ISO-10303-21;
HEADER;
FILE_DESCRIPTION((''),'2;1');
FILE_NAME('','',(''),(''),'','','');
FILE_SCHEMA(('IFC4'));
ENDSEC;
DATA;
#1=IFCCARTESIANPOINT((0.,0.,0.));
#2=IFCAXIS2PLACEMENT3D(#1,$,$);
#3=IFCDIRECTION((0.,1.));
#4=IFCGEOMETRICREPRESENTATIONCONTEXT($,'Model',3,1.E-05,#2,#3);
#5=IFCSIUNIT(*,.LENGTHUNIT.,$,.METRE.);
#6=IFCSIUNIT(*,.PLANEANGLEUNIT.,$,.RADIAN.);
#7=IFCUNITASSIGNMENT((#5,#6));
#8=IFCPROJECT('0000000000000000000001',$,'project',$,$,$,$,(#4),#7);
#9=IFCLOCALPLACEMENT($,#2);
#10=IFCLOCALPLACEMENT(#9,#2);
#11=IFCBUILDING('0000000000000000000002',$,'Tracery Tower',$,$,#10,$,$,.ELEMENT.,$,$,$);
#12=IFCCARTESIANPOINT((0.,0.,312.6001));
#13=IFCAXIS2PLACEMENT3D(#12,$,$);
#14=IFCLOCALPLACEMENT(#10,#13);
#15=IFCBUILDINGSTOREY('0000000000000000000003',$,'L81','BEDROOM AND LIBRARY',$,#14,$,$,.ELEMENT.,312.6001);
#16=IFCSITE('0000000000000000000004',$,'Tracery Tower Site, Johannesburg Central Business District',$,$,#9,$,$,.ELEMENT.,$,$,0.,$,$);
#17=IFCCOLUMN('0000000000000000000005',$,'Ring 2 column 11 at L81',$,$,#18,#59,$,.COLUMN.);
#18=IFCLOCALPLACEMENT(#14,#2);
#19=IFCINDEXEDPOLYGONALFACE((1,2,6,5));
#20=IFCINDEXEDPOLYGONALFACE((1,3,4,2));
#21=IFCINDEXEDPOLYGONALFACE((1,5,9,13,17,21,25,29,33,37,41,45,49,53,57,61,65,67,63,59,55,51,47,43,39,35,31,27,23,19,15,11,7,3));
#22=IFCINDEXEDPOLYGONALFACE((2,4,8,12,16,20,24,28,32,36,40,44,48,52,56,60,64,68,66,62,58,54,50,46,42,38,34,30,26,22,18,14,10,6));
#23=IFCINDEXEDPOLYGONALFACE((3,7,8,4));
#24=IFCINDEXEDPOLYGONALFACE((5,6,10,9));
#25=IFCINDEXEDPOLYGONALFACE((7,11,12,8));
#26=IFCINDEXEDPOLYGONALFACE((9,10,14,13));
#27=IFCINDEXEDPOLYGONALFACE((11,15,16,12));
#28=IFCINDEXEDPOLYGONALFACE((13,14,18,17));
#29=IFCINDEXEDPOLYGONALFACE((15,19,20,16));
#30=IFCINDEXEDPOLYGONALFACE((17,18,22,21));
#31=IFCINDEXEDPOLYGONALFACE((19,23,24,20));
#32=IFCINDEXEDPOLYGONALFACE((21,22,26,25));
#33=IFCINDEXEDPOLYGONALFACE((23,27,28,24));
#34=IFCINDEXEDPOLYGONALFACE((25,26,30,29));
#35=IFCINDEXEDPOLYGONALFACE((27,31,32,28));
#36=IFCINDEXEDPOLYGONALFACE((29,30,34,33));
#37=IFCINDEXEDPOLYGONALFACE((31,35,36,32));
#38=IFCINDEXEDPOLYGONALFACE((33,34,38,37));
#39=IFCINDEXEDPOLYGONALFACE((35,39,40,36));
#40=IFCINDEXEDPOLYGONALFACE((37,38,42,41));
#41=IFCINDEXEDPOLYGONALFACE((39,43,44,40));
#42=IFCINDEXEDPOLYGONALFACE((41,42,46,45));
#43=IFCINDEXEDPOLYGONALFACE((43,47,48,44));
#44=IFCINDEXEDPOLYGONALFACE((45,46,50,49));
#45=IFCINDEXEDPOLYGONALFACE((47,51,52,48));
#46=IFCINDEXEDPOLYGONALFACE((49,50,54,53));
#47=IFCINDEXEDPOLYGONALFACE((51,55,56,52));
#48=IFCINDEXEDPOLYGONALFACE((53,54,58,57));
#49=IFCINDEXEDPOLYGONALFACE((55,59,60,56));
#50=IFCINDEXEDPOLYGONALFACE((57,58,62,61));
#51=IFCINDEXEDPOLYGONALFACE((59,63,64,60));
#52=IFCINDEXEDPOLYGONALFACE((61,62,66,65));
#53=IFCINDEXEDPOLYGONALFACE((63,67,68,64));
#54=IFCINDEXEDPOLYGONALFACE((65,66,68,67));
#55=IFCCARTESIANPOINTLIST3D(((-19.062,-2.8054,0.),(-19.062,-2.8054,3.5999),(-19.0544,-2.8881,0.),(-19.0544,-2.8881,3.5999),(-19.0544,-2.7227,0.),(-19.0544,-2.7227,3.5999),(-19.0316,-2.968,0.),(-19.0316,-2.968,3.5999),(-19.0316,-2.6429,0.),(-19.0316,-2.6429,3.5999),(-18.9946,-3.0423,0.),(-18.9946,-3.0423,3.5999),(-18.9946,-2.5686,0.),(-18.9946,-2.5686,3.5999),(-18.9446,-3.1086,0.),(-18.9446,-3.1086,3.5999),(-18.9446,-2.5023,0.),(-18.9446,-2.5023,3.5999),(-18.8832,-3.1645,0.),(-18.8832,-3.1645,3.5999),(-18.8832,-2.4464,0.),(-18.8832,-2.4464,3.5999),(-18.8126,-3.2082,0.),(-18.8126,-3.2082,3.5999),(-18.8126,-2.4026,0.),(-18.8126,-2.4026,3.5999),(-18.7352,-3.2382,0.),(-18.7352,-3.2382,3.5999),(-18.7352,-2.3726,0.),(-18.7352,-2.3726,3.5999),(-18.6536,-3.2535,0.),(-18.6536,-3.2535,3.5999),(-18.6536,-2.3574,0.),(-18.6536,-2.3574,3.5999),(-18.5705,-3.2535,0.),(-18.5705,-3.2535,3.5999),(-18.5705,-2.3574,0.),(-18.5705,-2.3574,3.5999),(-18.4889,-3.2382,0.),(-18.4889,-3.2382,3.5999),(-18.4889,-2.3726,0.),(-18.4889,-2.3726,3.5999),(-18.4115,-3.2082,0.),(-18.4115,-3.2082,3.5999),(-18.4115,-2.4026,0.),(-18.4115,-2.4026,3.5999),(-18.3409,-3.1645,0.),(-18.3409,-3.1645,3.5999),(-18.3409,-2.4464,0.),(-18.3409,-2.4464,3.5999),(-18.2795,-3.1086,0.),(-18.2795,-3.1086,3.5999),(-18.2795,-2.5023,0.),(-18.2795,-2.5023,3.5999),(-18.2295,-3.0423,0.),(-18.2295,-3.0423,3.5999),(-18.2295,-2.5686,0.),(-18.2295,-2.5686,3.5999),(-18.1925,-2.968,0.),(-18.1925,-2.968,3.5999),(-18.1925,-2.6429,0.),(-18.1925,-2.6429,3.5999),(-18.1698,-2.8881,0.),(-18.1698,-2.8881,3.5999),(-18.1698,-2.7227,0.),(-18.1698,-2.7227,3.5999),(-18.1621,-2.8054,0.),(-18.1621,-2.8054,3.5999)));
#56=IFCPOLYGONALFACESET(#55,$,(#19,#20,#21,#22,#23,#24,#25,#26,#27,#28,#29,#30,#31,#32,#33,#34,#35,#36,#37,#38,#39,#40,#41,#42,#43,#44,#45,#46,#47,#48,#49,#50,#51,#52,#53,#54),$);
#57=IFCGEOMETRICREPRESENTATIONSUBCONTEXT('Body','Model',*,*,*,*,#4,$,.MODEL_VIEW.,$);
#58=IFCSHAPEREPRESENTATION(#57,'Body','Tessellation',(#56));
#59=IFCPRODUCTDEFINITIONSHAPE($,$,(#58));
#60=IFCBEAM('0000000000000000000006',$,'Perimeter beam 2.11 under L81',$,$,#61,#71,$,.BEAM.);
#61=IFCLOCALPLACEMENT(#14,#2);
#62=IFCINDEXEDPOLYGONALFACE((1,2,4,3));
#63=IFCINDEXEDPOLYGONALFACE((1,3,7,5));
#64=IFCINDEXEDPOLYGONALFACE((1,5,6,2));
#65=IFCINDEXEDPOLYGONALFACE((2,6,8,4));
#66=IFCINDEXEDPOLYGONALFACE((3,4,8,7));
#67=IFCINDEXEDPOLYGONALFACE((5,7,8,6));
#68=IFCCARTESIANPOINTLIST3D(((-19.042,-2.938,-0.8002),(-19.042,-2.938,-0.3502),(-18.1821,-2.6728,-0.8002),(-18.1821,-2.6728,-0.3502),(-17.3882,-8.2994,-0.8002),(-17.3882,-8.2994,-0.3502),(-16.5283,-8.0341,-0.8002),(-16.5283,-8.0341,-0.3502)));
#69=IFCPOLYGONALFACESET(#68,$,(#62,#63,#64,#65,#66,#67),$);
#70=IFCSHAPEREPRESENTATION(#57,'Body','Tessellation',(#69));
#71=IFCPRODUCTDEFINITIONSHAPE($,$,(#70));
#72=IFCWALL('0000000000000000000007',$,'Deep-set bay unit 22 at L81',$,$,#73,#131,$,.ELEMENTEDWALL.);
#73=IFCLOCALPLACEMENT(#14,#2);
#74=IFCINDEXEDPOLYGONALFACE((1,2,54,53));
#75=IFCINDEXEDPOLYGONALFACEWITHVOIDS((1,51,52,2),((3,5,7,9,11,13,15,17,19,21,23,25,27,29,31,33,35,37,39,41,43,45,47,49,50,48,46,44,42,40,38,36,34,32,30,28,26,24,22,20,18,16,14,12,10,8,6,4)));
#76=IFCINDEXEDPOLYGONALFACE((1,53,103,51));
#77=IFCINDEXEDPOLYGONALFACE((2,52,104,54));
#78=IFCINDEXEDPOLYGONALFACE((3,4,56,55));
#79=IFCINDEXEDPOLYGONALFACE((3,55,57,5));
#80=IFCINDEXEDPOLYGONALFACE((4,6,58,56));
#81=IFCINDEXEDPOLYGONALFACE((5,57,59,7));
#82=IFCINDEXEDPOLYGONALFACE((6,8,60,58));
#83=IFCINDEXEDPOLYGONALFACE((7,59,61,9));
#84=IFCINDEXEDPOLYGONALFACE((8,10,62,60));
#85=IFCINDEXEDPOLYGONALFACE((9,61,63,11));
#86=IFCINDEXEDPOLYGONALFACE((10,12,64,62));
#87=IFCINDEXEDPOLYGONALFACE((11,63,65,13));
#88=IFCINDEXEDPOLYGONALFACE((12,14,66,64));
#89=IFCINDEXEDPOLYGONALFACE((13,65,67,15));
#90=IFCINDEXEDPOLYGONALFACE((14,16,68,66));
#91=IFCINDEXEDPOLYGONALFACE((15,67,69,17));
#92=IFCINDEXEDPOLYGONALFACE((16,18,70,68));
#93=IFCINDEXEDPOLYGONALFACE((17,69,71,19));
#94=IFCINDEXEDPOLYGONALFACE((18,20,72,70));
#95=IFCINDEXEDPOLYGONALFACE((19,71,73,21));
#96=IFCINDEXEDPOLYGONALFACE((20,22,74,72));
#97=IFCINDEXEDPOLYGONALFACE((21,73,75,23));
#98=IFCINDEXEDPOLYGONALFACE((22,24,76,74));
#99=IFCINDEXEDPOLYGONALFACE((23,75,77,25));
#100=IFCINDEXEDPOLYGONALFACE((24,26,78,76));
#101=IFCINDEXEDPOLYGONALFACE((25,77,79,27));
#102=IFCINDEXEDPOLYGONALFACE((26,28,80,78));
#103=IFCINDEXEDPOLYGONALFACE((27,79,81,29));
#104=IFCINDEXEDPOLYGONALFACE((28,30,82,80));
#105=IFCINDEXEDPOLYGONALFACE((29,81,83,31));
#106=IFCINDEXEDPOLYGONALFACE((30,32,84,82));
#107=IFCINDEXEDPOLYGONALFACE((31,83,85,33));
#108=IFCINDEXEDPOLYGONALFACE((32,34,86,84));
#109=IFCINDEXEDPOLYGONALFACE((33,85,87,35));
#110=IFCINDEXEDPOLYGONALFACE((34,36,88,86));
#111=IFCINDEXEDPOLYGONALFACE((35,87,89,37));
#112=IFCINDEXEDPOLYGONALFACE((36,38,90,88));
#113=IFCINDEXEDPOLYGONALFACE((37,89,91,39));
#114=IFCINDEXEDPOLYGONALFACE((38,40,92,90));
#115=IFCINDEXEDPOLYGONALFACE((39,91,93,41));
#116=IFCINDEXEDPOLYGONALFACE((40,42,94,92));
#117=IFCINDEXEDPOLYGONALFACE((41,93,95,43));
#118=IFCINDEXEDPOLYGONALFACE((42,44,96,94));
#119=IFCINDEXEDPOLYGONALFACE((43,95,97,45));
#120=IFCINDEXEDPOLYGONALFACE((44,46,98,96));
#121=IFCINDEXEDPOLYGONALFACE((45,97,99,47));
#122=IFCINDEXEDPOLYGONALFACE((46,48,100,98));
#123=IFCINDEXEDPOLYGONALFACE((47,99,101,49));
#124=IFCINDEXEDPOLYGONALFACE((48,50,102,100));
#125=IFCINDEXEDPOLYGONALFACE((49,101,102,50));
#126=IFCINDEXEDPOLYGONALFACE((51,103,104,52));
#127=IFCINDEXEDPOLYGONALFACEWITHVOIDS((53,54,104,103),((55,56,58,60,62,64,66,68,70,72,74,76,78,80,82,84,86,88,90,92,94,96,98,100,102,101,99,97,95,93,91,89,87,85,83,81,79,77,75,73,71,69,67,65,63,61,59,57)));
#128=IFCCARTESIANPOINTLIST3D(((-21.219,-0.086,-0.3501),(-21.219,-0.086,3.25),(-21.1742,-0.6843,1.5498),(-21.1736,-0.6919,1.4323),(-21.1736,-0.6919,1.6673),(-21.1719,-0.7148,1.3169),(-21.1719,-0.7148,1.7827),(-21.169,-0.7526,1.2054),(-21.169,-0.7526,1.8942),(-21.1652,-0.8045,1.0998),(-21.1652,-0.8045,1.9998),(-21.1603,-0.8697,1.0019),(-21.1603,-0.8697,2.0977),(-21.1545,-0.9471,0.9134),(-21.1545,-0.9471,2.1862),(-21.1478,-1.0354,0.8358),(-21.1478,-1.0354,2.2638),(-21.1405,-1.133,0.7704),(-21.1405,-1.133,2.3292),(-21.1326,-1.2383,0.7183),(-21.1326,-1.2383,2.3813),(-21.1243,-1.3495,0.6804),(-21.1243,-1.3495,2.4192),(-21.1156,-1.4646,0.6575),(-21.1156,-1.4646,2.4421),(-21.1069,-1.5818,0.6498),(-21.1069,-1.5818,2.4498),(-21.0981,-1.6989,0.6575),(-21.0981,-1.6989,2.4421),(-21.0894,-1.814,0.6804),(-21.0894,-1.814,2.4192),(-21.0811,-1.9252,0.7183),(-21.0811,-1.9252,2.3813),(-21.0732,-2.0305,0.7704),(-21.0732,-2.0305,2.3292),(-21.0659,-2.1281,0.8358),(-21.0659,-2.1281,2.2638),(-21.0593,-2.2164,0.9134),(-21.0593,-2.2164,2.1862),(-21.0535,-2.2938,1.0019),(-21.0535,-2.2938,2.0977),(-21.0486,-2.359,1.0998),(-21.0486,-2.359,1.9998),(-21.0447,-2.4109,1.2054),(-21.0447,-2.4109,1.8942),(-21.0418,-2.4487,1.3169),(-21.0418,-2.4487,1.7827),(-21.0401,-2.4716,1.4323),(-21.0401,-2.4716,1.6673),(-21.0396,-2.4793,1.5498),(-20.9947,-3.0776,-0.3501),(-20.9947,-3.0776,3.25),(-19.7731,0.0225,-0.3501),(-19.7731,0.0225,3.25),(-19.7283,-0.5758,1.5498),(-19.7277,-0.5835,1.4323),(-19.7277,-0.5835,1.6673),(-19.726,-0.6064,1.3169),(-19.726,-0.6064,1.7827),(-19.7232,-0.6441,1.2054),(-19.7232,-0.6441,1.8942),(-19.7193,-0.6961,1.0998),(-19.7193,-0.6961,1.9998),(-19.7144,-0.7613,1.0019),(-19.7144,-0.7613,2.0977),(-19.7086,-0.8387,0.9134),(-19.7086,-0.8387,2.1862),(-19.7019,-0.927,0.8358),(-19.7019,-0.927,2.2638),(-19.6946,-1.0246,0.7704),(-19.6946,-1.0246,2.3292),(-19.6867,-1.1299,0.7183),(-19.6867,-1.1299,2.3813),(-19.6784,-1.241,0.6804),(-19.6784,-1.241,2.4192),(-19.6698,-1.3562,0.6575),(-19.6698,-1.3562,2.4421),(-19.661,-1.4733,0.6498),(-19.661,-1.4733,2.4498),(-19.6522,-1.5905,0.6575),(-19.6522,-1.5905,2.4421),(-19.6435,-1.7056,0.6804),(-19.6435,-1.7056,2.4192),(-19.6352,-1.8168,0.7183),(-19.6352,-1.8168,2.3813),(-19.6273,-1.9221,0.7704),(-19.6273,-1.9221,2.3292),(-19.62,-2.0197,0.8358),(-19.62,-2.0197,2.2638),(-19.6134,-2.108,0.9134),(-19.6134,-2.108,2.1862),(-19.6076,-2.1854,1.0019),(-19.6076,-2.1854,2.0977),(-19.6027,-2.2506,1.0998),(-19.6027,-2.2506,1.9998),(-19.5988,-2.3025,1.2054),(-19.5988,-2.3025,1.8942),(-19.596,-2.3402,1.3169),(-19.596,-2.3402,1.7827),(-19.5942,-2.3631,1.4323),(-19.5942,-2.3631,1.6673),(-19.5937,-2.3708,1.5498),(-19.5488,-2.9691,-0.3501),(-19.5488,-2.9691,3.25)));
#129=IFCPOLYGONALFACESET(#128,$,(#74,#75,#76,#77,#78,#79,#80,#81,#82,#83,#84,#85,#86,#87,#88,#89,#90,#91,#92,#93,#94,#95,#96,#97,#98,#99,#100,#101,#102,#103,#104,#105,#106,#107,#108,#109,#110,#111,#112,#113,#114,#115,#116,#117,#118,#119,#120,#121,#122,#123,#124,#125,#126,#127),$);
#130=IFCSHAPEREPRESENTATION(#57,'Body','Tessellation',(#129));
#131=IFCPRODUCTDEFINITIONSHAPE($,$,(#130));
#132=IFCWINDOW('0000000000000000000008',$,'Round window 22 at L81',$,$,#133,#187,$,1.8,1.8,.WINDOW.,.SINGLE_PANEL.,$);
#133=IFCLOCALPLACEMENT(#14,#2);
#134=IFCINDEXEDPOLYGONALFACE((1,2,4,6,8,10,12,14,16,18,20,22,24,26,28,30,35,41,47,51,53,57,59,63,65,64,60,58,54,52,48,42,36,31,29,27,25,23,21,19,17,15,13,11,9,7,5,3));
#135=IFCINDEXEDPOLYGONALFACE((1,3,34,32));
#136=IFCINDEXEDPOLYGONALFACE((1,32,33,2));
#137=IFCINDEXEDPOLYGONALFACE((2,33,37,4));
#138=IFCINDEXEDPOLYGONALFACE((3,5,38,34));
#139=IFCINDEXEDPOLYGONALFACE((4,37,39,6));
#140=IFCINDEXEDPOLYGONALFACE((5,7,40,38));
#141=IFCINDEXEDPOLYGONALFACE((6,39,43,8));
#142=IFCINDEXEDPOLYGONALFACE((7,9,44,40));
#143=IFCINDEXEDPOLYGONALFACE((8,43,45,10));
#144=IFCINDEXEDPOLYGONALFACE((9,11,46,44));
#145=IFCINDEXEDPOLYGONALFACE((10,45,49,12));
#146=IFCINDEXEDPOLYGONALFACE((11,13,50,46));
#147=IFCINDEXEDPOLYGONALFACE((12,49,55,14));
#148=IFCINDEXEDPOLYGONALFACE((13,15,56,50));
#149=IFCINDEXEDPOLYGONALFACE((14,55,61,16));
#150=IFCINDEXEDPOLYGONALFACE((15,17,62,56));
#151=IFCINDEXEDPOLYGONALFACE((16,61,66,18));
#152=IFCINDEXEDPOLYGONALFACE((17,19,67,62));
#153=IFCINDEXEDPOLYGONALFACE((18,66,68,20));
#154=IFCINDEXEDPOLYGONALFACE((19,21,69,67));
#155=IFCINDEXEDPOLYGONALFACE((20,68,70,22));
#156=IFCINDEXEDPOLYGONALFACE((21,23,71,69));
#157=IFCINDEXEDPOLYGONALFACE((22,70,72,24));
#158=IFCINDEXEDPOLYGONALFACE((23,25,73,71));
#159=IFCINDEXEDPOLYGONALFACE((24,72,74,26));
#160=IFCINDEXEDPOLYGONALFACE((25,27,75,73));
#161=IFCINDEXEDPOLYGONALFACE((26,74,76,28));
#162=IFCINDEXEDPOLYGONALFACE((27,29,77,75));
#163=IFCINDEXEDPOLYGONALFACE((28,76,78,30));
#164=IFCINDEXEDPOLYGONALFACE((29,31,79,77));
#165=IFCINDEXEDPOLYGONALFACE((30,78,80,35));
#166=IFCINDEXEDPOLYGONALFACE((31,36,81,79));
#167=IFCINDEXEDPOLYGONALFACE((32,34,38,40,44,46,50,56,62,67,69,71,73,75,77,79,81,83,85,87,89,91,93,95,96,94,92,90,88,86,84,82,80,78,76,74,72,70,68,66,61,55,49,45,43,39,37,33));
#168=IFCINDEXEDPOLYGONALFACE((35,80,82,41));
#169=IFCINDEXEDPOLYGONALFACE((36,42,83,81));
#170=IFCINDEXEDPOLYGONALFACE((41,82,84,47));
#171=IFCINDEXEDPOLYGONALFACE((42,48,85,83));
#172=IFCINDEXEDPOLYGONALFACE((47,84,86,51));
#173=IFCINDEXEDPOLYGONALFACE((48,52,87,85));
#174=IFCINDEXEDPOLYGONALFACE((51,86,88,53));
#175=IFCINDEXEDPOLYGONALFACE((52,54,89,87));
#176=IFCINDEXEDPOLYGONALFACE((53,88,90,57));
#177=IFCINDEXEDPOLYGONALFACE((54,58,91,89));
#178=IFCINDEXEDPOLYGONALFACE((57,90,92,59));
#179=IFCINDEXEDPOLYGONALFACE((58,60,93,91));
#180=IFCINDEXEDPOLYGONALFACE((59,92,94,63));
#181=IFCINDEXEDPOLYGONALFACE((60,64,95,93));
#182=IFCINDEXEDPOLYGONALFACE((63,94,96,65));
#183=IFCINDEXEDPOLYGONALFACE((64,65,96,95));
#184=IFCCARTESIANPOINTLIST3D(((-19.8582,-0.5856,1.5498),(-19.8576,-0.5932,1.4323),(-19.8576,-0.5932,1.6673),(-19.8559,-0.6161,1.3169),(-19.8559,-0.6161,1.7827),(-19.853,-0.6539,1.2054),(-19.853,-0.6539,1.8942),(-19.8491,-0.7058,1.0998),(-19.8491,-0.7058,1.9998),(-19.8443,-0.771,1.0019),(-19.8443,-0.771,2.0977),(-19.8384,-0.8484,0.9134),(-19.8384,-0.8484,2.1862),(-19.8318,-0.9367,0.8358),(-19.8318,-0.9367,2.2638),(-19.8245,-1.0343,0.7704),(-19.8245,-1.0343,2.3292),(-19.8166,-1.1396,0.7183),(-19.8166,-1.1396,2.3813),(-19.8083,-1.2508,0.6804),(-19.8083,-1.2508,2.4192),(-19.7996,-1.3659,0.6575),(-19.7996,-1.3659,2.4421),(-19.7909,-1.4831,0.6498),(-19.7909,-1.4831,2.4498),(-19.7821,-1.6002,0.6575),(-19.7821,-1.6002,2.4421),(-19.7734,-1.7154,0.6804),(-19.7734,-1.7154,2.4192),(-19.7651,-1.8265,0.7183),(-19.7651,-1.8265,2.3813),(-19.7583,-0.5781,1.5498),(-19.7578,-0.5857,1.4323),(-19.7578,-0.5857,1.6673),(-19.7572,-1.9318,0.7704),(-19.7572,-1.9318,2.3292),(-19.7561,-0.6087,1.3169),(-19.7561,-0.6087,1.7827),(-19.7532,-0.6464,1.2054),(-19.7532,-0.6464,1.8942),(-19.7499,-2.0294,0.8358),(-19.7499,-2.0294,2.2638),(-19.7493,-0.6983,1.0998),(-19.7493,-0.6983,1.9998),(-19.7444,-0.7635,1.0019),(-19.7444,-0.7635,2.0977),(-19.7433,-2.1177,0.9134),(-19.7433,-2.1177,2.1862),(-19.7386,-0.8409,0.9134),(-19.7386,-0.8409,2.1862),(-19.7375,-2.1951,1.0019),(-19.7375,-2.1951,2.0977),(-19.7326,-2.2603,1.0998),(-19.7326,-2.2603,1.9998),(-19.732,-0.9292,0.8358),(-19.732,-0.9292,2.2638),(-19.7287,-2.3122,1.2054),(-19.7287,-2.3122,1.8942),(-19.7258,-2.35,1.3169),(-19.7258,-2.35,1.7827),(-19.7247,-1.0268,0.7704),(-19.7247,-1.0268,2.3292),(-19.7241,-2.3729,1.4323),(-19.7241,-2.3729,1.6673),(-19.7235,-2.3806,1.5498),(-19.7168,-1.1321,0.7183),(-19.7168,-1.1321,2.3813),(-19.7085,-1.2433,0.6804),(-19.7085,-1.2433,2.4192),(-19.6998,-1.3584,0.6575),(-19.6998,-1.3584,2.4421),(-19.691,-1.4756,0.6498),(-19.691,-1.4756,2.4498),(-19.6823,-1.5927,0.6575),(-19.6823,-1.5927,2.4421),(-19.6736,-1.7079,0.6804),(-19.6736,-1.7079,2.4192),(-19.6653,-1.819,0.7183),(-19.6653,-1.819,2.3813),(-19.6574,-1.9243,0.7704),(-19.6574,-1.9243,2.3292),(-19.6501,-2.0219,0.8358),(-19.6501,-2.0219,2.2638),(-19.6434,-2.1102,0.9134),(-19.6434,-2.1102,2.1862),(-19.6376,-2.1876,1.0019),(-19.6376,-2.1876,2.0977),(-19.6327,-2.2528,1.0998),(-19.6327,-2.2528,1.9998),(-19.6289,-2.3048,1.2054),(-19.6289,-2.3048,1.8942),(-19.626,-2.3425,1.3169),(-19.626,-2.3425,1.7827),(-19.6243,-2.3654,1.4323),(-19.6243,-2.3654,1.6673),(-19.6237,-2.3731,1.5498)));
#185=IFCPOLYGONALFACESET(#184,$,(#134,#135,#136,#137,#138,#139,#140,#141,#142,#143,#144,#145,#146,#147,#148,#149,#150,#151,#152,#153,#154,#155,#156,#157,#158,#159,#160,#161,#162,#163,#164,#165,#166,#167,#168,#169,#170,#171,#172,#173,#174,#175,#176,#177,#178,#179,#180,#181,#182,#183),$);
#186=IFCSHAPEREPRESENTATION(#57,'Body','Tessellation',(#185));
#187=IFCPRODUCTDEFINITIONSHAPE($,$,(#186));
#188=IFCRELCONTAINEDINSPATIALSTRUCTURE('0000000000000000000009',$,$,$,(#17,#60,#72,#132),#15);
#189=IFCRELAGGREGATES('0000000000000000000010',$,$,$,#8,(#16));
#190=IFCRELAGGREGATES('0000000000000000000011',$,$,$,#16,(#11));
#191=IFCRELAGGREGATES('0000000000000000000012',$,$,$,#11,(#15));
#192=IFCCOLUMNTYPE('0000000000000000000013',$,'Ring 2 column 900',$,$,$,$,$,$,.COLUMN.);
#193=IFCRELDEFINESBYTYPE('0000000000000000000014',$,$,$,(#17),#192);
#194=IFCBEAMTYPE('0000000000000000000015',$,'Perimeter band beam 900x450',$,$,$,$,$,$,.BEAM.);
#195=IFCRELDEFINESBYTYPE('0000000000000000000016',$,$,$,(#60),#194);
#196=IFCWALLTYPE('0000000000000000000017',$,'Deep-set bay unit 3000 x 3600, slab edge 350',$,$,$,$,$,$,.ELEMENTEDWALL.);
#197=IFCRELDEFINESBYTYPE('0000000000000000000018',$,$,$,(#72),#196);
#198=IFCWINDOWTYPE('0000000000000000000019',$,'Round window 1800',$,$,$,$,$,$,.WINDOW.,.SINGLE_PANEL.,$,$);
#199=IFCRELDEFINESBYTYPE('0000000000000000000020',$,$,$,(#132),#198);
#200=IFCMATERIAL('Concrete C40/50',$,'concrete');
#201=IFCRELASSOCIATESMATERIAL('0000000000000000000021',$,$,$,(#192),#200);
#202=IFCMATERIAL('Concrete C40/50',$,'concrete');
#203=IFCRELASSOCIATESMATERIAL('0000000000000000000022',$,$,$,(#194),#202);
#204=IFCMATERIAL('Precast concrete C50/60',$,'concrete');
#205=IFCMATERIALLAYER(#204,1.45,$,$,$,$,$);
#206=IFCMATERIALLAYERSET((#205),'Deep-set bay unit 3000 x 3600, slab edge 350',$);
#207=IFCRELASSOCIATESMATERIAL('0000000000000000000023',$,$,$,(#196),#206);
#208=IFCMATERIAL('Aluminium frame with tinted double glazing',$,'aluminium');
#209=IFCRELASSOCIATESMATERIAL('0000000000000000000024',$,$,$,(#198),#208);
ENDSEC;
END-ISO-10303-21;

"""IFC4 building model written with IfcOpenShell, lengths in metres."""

from ifc_helpers import new_model, si_unit, direction, frame, frame_2d, origin, origin_2d, place, context, subcontext, project, spatial, rectangle, circle, extrude, material, layer, layer_set, material_profile, profile_set, type_object, element, fill, save


model = new_model("IFC4")

# Units and contexts
model_context = context("Model", 3, precision=1e-05, world=origin(), true_north=direction((0.0, 1.0)))
body_context = subcontext(model_context, "Body", "Model", "MODEL_VIEW")
ifc_project = project(units=[si_unit("LENGTHUNIT", "METRE"), si_unit("PLANEANGLEUNIT", "RADIAN")], contexts=[model_context])

# Site, building, storey
site_placement = place(None, origin())
site = spatial("IfcSite", under=ifc_project, at=site_placement, Name="Tracery Tower Site, Johannesburg Central Business District", CompositionType="ELEMENT", RefElevation=0.0)
building_placement = place(site_placement, origin())
building = spatial("IfcBuilding", under=site, at=building_placement, Name="Tracery Tower", CompositionType="ELEMENT")
storey_placement = place(building_placement, frame((0.0, 0.0, 312.6001)))
storey = spatial("IfcBuildingStorey", under=building, at=storey_placement, Name="L81", Description="BEDROOM AND LIBRARY", CompositionType="ELEMENT", Elevation=312.6001)

# Column
ifc_material_1 = material(Name="Concrete C40/50", Category="concrete")
ifc_material_profile_1 = material_profile(ifc_material_1, circle(Radius=0.45, at=origin_2d()), Name="RC D900")
ifc_profile_set_1 = profile_set([ifc_material_profile_1], Name="Concrete C40/50")
column_type = type_object("IfcColumnType", Name="Ring 2 column 900", PredefinedType="COLUMN", material=ifc_profile_set_1)
column_placement = place(storey_placement, frame((-18.6121, -2.8054, 0.0), z_axis=(0.0, 0.0, 1.0), x_axis=(1.0, 0.0, 0.0)))
element("IfcColumn", 1, at=column_placement, inside=storey, type_object=column_type, Name="Ring 2 column 11 at L81", PredefinedType="COLUMN", context=body_context, shape_type="SweptSolid", body=[
    extrude(circle(Radius=0.45, at=origin_2d()), origin(), (0.0, 0.0, 1.0), 3.5999),
])

# Beam
ifc_material_2 = material(Name="Concrete C40/50", Category="concrete")
ifc_material_profile_2 = material_profile(ifc_material_2, rectangle(XDim=0.8999, YDim=0.45, at=origin_2d()), Name="RC 900x450")
ifc_profile_set_2 = profile_set([ifc_material_profile_2], Name="Concrete C40/50")
beam_type = type_object("IfcBeamType", Name="Perimeter band beam 900x450", PredefinedType="BEAM", material=ifc_profile_set_2)
beam_placement = place(storey_placement, frame((-18.6121, -2.8054, -0.5752), z_axis=(0.294765, -0.95557, 0.0), x_axis=(0.95557, 0.294765, 0.0)))
element("IfcBeam", 2, at=beam_placement, inside=storey, type_object=beam_type, Name="Perimeter beam 2.11 under L81", PredefinedType="BEAM", context=body_context, shape_type="SweptSolid", body=[
    extrude(rectangle(XDim=0.8999, YDim=0.45, at=origin_2d()), origin(), (0.0, 0.0, 1.0), 5.6106),
])

# Wall, opening, window
ifc_material_3 = material(Name="Precast concrete C50/60", Category="concrete")
ifc_layer_1 = layer(ifc_material_3, 1.45)
ifc_layer_set_1 = layer_set([ifc_layer_1], Name="Deep-set bay unit 3000 x 3600, slab edge 350")
wall_type_1 = type_object("IfcWallType", Name="Deep-set bay unit 3000 x 3600, slab edge 350", PredefinedType="ELEMENTEDWALL", material=ifc_layer_set_1)
wall_1_placement = place(storey_placement, frame((-20.4961, -0.0317, -0.3501), z_axis=(0.0, 0.0, 1.0), x_axis=(0.074786, -0.9972, 0.0)))
wall_1 = element("IfcWall", 3, at=wall_1_placement, inside=storey, type_object=wall_type_1, Name="Deep-set bay unit 22 at L81", PredefinedType="ELEMENTEDWALL", context=body_context, shape_type="SweptSolid", body=[
    extrude(rectangle(XDim=3.0, YDim=1.45, at=frame_2d((1.5, 0.0))), origin(), (0.0, 0.0, 1.0), 3.6001),
])
opening_1_placement = place(wall_1_placement, frame((1.5, 0.0, 1.8999)))
opening_1 = element("IfcOpeningElement", 4, at=opening_1_placement, cuts=wall_1, PredefinedType="OPENING", context=body_context, shape_type="SweptSolid", body=[
    extrude(circle(Radius=0.9, at=origin_2d()), frame((0.0, 0.7349, 0.0), z_axis=(0.0, -1.0, 0.0), x_axis=(1.0, 0.0, 0.0)), (0.0, 0.0, 1.0), 1.47),
])
ifc_material_4 = material(Name="Aluminium frame with tinted double glazing", Category="aluminium")
window_type = type_object("IfcWindowType", Name="Round window 1800", PartitioningType="SINGLE_PANEL", PredefinedType="WINDOW", material=ifc_material_4)
window_1_placement = place(opening_1_placement, origin())
window_1 = element("IfcWindow", 5, at=window_1_placement, inside=storey, type_object=window_type, Name="Round window 22 at L81", OverallHeight=1.8, OverallWidth=1.8, PartitioningType="SINGLE_PANEL", PredefinedType="WINDOW", context=body_context, shape_type="SweptSolid", body=[
    extrude(circle(Radius=0.9, at=origin_2d()), frame((0.0, 0.6948, 0.0), z_axis=(0.0, -1.0, 0.0), x_axis=(1.0, 0.0, 0.0)), (0.0, 0.0, 1.0), 0.1001),
])
fill(opening_1, window_1)

save(model, "model.ifc")
